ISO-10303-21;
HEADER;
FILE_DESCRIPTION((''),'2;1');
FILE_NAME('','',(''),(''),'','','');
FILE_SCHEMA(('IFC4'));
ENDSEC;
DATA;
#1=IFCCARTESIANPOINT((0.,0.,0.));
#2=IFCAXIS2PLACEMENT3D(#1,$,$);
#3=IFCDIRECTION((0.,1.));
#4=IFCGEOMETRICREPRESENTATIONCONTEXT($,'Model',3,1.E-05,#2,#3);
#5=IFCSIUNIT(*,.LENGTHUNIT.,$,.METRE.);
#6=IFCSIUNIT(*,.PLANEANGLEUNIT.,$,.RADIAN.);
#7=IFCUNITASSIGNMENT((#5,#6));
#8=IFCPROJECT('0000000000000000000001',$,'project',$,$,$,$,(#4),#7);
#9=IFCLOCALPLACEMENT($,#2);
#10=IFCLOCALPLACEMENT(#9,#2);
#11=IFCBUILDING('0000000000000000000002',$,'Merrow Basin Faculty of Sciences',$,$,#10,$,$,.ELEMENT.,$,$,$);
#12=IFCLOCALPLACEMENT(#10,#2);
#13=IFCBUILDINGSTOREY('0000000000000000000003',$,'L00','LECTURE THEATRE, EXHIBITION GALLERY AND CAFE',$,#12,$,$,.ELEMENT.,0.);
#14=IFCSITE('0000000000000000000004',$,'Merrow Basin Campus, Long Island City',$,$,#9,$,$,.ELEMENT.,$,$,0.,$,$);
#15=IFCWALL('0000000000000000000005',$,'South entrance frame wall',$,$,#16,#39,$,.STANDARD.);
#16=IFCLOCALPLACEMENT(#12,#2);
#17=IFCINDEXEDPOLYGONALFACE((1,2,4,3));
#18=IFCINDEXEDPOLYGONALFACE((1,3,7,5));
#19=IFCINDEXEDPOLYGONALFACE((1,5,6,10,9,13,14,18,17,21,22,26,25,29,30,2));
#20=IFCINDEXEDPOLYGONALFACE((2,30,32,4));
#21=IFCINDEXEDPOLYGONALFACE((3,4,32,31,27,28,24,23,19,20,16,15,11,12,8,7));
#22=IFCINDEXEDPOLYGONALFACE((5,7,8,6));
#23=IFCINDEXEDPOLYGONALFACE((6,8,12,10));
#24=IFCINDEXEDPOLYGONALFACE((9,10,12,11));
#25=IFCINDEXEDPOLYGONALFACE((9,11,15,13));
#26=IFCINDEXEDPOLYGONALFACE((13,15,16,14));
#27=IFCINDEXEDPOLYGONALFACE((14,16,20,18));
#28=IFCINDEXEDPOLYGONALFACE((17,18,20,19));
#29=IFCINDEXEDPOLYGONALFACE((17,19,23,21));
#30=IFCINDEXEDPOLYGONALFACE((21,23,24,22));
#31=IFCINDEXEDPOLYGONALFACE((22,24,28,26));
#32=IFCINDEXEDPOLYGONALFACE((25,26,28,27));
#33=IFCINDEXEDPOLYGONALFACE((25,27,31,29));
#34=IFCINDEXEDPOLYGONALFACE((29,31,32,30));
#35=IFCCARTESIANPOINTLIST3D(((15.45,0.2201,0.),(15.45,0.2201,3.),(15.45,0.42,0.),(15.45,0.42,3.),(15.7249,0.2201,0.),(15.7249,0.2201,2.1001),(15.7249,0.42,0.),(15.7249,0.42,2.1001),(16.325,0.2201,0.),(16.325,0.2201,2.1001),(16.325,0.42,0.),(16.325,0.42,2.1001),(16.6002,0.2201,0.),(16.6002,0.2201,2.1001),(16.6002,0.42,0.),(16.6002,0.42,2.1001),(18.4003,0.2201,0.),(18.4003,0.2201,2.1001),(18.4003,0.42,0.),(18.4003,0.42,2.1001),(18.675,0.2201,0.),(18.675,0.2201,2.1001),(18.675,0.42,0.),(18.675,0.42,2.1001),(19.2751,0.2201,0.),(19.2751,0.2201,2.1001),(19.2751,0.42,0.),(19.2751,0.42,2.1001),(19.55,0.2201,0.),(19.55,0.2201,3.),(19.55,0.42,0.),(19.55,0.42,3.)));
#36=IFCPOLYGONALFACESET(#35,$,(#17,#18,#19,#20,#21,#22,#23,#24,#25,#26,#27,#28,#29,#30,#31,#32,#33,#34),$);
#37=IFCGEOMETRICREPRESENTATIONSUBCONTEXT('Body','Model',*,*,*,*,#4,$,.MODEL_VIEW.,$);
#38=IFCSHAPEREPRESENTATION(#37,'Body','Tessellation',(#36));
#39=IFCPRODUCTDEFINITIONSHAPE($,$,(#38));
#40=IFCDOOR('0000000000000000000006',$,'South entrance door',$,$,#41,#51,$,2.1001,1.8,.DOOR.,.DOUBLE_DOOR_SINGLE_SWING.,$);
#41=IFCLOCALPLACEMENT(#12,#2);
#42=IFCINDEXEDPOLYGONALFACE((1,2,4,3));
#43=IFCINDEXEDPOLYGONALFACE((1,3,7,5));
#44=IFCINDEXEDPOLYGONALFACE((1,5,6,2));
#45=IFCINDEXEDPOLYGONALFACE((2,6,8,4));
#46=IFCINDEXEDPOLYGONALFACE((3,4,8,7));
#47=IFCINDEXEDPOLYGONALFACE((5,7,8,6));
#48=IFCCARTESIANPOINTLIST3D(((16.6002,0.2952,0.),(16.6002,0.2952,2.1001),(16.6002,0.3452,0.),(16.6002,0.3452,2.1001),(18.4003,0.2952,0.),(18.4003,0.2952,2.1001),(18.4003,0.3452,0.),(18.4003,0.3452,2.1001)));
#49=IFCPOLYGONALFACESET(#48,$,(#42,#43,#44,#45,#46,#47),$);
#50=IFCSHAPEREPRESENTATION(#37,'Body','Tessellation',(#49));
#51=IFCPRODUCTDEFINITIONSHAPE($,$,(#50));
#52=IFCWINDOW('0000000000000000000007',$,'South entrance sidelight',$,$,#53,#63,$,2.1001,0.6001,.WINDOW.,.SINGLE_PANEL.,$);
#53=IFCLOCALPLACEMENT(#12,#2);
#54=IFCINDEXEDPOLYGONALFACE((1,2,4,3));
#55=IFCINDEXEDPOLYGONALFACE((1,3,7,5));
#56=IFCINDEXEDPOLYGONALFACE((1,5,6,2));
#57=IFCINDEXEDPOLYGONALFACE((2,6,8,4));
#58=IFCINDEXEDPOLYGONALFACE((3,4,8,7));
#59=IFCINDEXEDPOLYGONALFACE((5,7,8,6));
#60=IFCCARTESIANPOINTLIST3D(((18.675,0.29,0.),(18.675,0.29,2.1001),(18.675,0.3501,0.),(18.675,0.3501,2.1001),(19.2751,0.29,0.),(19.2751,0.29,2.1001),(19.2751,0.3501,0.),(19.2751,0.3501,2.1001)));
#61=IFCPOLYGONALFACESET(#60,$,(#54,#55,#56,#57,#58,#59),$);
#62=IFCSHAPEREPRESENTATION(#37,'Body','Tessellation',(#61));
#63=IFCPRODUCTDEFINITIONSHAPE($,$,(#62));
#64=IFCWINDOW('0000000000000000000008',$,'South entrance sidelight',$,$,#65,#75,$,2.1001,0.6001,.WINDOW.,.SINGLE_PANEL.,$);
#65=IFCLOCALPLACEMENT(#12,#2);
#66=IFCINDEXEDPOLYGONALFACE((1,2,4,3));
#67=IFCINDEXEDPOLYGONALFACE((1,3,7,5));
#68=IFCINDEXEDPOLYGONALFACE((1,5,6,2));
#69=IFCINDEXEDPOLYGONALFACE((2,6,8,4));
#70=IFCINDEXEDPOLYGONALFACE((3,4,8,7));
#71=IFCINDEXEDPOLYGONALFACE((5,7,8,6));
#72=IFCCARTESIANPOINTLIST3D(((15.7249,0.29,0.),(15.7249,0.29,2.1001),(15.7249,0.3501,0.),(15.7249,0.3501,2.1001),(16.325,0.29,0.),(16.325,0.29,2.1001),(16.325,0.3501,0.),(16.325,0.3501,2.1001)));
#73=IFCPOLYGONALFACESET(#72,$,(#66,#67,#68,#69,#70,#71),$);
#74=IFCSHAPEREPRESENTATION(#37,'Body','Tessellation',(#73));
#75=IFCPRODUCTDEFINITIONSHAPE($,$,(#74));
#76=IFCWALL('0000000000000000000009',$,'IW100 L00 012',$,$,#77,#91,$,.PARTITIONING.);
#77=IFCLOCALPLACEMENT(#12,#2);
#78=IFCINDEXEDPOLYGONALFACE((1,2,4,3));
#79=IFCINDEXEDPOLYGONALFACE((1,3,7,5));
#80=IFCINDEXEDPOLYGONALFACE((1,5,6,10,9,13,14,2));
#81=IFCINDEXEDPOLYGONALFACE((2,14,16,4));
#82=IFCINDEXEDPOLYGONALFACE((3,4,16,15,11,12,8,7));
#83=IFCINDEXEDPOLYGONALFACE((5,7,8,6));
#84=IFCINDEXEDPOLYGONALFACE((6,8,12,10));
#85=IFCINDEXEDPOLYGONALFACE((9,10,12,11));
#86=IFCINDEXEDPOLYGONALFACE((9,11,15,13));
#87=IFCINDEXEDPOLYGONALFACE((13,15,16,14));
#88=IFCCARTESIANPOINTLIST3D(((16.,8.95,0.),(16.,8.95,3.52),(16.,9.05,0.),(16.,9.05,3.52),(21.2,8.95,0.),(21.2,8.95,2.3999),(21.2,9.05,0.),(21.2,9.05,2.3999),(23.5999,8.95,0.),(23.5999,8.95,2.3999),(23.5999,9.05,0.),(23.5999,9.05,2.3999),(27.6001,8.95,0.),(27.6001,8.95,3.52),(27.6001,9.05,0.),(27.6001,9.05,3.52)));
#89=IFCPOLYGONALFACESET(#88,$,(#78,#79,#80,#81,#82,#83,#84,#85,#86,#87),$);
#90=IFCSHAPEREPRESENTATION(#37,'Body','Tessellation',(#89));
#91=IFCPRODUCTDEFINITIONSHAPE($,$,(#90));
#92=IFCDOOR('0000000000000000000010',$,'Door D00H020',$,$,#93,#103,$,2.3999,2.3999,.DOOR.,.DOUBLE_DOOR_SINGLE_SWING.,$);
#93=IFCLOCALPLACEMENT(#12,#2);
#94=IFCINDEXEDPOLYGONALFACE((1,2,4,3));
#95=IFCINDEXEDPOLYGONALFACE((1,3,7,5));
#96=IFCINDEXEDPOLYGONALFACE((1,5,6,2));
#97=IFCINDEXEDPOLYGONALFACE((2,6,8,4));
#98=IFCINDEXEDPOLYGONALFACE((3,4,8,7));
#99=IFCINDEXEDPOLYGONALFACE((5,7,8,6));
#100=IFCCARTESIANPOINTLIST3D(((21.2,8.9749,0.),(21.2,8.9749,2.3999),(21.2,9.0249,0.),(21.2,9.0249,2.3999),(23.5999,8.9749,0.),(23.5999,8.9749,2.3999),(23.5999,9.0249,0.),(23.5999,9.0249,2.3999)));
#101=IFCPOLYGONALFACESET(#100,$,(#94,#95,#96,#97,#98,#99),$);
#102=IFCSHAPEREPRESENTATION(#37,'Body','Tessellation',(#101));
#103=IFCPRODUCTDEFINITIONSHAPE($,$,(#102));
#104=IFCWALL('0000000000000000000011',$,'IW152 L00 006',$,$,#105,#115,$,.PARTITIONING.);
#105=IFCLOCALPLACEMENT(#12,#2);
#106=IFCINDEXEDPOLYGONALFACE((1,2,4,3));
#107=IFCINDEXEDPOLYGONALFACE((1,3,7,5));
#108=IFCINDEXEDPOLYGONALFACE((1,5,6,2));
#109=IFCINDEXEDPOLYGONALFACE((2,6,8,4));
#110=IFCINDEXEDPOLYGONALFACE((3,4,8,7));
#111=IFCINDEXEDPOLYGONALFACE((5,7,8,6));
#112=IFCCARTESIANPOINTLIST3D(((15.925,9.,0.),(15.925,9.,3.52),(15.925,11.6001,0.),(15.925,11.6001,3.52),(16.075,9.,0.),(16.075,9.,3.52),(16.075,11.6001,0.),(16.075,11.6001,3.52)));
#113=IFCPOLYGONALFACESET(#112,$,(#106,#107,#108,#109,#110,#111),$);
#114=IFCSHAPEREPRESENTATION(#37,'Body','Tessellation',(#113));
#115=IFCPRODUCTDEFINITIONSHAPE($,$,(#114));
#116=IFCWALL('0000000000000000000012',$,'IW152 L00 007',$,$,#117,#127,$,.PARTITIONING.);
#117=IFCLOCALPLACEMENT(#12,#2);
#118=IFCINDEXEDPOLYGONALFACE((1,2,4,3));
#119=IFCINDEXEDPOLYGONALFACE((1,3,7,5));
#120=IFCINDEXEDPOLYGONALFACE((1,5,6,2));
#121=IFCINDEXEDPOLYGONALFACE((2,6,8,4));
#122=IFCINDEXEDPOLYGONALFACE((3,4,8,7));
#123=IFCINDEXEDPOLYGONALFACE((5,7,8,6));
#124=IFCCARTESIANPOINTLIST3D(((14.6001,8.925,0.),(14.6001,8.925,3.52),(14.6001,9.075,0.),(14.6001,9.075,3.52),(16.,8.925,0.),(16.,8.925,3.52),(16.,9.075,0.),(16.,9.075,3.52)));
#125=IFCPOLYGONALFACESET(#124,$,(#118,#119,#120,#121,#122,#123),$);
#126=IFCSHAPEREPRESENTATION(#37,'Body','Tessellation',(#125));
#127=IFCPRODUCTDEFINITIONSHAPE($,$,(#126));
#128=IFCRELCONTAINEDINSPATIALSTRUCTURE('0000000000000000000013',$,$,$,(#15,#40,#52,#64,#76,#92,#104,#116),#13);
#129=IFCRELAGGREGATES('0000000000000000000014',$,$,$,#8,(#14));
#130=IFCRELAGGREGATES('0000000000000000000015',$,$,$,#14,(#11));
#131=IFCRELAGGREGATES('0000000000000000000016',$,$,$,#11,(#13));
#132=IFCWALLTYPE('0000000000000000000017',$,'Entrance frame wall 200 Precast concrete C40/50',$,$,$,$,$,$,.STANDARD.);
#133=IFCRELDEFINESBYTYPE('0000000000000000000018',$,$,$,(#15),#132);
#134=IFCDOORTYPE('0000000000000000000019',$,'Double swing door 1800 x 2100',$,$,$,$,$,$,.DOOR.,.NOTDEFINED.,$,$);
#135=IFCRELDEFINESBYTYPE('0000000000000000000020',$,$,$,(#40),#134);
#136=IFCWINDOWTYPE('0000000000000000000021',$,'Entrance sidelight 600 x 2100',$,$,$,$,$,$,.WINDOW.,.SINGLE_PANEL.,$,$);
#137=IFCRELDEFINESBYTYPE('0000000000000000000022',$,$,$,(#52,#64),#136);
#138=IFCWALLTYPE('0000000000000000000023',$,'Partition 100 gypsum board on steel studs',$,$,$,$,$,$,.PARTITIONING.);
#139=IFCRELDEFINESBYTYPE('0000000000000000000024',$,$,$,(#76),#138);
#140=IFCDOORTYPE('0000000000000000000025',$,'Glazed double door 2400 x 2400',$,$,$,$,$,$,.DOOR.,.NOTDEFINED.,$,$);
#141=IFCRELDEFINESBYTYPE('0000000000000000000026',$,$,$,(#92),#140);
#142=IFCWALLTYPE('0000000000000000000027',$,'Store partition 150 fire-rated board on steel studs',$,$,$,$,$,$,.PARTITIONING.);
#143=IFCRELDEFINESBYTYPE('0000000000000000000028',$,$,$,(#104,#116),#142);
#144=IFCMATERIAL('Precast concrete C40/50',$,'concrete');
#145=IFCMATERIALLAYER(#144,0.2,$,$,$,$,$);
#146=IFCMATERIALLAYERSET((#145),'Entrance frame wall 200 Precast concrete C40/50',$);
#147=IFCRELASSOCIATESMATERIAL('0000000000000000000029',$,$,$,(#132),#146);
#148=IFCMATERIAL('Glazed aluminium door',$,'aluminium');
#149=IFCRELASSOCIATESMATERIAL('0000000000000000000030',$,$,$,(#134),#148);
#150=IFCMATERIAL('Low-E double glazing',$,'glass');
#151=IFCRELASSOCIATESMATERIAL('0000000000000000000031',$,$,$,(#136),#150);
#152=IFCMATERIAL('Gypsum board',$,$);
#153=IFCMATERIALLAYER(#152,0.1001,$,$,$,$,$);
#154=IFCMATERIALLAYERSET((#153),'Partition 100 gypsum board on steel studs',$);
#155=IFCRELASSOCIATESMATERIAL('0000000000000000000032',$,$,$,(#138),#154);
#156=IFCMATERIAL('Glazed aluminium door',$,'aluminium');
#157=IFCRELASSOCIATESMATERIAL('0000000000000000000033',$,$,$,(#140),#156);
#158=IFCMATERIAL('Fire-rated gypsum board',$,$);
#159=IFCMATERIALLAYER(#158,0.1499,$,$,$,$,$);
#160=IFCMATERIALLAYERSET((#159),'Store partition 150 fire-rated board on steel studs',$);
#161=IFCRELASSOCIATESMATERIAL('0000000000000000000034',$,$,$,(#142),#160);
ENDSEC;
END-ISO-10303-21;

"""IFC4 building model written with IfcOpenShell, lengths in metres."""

from ifc_helpers import new_model, si_unit, direction, frame, frame_2d, origin, place, context, subcontext, project, spatial, rectangle, extrude, material, layer, layer_set, type_object, element, fill, save


model = new_model("IFC4")

# Units and contexts
model_context = context("Model", 3, precision=1e-05, world=origin(), true_north=direction((0.0, 1.0)))
body_context = subcontext(model_context, "Body", "Model", "MODEL_VIEW")
ifc_project = project(units=[si_unit("LENGTHUNIT", "METRE"), si_unit("PLANEANGLEUNIT", "RADIAN")], contexts=[model_context])

# Site, building, storey
site_placement = place(None, origin())
site = spatial("IfcSite", under=ifc_project, at=site_placement, Name="Merrow Basin Campus, Long Island City", CompositionType="ELEMENT", RefElevation=0.0)
building_placement = place(site_placement, origin())
building = spatial("IfcBuilding", under=site, at=building_placement, Name="Merrow Basin Faculty of Sciences", CompositionType="ELEMENT")
storey_placement = place(building_placement, origin())
storey = spatial("IfcBuildingStorey", under=building, at=storey_placement, Name="L00", Description="LECTURE THEATRE, EXHIBITION GALLERY AND CAFE", CompositionType="ELEMENT", Elevation=0.0)

# Wall, openings, door, windows
ifc_material_1 = material(Name="Precast concrete C40/50", Category="concrete")
ifc_layer_1 = layer(ifc_material_1, 0.2)
ifc_layer_set_1 = layer_set([ifc_layer_1], Name="Entrance frame wall 200 Precast concrete C40/50")
wall_type_1 = type_object("IfcWallType", Name="Entrance frame wall 200 Precast concrete C40/50", PredefinedType="STANDARD", material=ifc_layer_set_1)
wall_1_placement = place(storey_placement, frame((19.55, 0.3201, 0.0), z_axis=(0.0, 0.0, 1.0), x_axis=(-1.0, 0.0, 0.0)))
wall_1 = element("IfcWall", 1, at=wall_1_placement, inside=storey, type_object=wall_type_1, Name="South entrance frame wall", PredefinedType="STANDARD", context=body_context, shape_type="SweptSolid", body=[
    extrude(rectangle(XDim=4.1001, YDim=0.2, at=frame_2d((2.05, 0.0))), origin(), (0.0, 0.0, 1.0), 3.0),
])
opening_1_placement = place(wall_1_placement, frame((1.1499, 0.0, 0.0)))
opening_1 = element("IfcOpeningElement", 2, at=opening_1_placement, cuts=wall_1, PredefinedType="OPENING", context=body_context, shape_type="SweptSolid", body=[
    extrude(rectangle(XDim=1.8, YDim=2.1001, at=frame_2d((0.8999, 1.05))), frame((0.0, 0.1099, 0.0), z_axis=(0.0, -1.0, 0.0), x_axis=(1.0, 0.0, 0.0)), (0.0, 0.0, 1.0), 0.22),
])
opening_2_placement = place(wall_1_placement, frame((0.2749, 0.0, 0.0)))
opening_2 = element("IfcOpeningElement", 3, at=opening_2_placement, cuts=wall_1, PredefinedType="OPENING", context=body_context, shape_type="SweptSolid", body=[
    extrude(rectangle(XDim=0.6001, YDim=2.1001, at=frame_2d((0.3, 1.05))), frame((0.0, 0.1099, 0.0), z_axis=(0.0, -1.0, 0.0), x_axis=(1.0, 0.0, 0.0)), (0.0, 0.0, 1.0), 0.22),
])
opening_3_placement = place(wall_1_placement, frame((3.2251, 0.0, 0.0)))
opening_3 = element("IfcOpeningElement", 4, at=opening_3_placement, cuts=wall_1, PredefinedType="OPENING", context=body_context, shape_type="SweptSolid", body=[
    extrude(rectangle(XDim=0.6001, YDim=2.1001, at=frame_2d((0.3, 1.05))), frame((0.0, 0.1099, 0.0), z_axis=(0.0, -1.0, 0.0), x_axis=(1.0, 0.0, 0.0)), (0.0, 0.0, 1.0), 0.22),
])
ifc_material_2 = material(Name="Glazed aluminium door", Category="aluminium")
door_type_1 = type_object("IfcDoorType", Name="Double swing door 1800 x 2100", OperationType="NOTDEFINED", PredefinedType="DOOR", material=ifc_material_2)
door_1_placement = place(opening_1_placement, origin())
door_1 = element("IfcDoor", 5, at=door_1_placement, inside=storey, type_object=door_type_1, Name="South entrance door", OperationType="DOUBLE_DOOR_SINGLE_SWING", OverallHeight=2.1001, OverallWidth=1.8, PredefinedType="DOOR", context=body_context, shape_type="SweptSolid", body=[
    extrude(rectangle(XDim=1.8, YDim=2.1001, at=frame_2d((0.8999, 1.05))), frame((0.0, 0.0249, 0.0), z_axis=(0.0, -1.0, 0.0), x_axis=(1.0, 0.0, 0.0)), (0.0, 0.0, 1.0), 0.05),
])
fill(opening_1, door_1)
ifc_material_3 = material(Name="Low-E double glazing", Category="glass")
window_type = type_object("IfcWindowType", Name="Entrance sidelight 600 x 2100", PartitioningType="SINGLE_PANEL", PredefinedType="WINDOW", material=ifc_material_3)
window_1_placement = place(opening_2_placement, origin())
window_1 = element("IfcWindow", 6, at=window_1_placement, inside=storey, type_object=window_type, Name="South entrance sidelight", OverallHeight=2.1001, OverallWidth=0.6001, PartitioningType="SINGLE_PANEL", PredefinedType="WINDOW", context=body_context, shape_type="SweptSolid", body=[
    extrude(rectangle(XDim=0.6001, YDim=2.1001, at=frame_2d((0.3, 1.05))), frame((0.0, 0.03, 0.0), z_axis=(0.0, -1.0, 0.0), x_axis=(1.0, 0.0, 0.0)), (0.0, 0.0, 1.0), 0.0601),
])
fill(opening_2, window_1)
window_2_placement = place(opening_3_placement, origin())
window_2 = element("IfcWindow", 7, at=window_2_placement, inside=storey, type_object=window_type, Name="South entrance sidelight", OverallHeight=2.1001, OverallWidth=0.6001, PartitioningType="SINGLE_PANEL", PredefinedType="WINDOW", context=body_context, shape_type="SweptSolid", body=[
    extrude(rectangle(XDim=0.6001, YDim=2.1001, at=frame_2d((0.3, 1.05))), frame((0.0, 0.03, 0.0), z_axis=(0.0, -1.0, 0.0), x_axis=(1.0, 0.0, 0.0)), (0.0, 0.0, 1.0), 0.0601),
])
fill(opening_3, window_2)

# Wall, opening, door
ifc_material_4 = material(Name="Gypsum board")
ifc_layer_2 = layer(ifc_material_4, 0.1001)
ifc_layer_set_2 = layer_set([ifc_layer_2], Name="Partition 100 gypsum board on steel studs")
wall_type_2 = type_object("IfcWallType", Name="Partition 100 gypsum board on steel studs", PredefinedType="PARTITIONING", material=ifc_layer_set_2)
wall_2_placement = place(storey_placement, frame((16.0, 9.0, 0.0), z_axis=(0.0, 0.0, 1.0), x_axis=(1.0, 0.0, 0.0)))
wall_2 = element("IfcWall", 8, at=wall_2_placement, inside=storey, type_object=wall_type_2, Name="IW100 L00 012", PredefinedType="PARTITIONING", context=body_context, shape_type="SweptSolid", body=[
    extrude(rectangle(XDim=11.6001, YDim=0.1001, at=frame_2d((5.8, 0.0))), origin(), (0.0, 0.0, 1.0), 3.52),
])
opening_4_placement = place(wall_2_placement, frame((5.2, 0.0, 0.0)))
opening_4 = element("IfcOpeningElement", 9, at=opening_4_placement, cuts=wall_2, PredefinedType="OPENING", context=body_context, shape_type="SweptSolid", body=[
    extrude(rectangle(XDim=2.3999, YDim=2.3999, at=frame_2d((1.2, 1.2))), frame((0.0, 0.0601, 0.0), z_axis=(0.0, -1.0, 0.0), x_axis=(1.0, 0.0, 0.0)), (0.0, 0.0, 1.0), 0.1201),
])
ifc_material_5 = material(Name="Glazed aluminium door", Category="aluminium")
door_type_2 = type_object("IfcDoorType", Name="Glazed double door 2400 x 2400", OperationType="NOTDEFINED", PredefinedType="DOOR", material=ifc_material_5)
door_2_placement = place(opening_4_placement, origin())
door_2 = element("IfcDoor", 10, at=door_2_placement, inside=storey, type_object=door_type_2, Name="Door D00H020", OperationType="DOUBLE_DOOR_SINGLE_SWING", OverallHeight=2.3999, OverallWidth=2.3999, PredefinedType="DOOR", context=body_context, shape_type="SweptSolid", body=[
    extrude(rectangle(XDim=2.3999, YDim=2.3999, at=frame_2d((1.2, 1.2))), frame((0.0, 0.0249, 0.0), z_axis=(0.0, -1.0, 0.0), x_axis=(1.0, 0.0, 0.0)), (0.0, 0.0, 1.0), 0.05),
])
fill(opening_4, door_2)

# Walls
ifc_material_6 = material(Name="Fire-rated gypsum board")
ifc_layer_3 = layer(ifc_material_6, 0.1499)
ifc_layer_set_3 = layer_set([ifc_layer_3], Name="Store partition 150 fire-rated board on steel studs")
wall_type_3 = type_object("IfcWallType", Name="Store partition 150 fire-rated board on steel studs", PredefinedType="PARTITIONING", material=ifc_layer_set_3)
wall_3_placement = place(storey_placement, frame((16.0, 9.0, 0.0), z_axis=(0.0, 0.0, 1.0), x_axis=(0.0, 1.0, 0.0)))
element("IfcWall", 11, at=wall_3_placement, inside=storey, type_object=wall_type_3, Name="IW152 L00 006", PredefinedType="PARTITIONING", context=body_context, shape_type="SweptSolid", body=[
    extrude(rectangle(XDim=2.6001, YDim=0.1499, at=frame_2d((1.3, 0.0))), origin(), (0.0, 0.0, 1.0), 3.52),
])
wall_4_placement = place(storey_placement, frame((14.6001, 9.0, 0.0), z_axis=(0.0, 0.0, 1.0), x_axis=(1.0, 0.0, 0.0)))
element("IfcWall", 12, at=wall_4_placement, inside=storey, type_object=wall_type_3, Name="IW152 L00 007", PredefinedType="PARTITIONING", context=body_context, shape_type="SweptSolid", body=[
    extrude(rectangle(XDim=1.3999, YDim=0.1499, at=frame_2d((0.7, 0.0))), origin(), (0.0, 0.0, 1.0), 3.52),
])

save(model, "model.ifc")
